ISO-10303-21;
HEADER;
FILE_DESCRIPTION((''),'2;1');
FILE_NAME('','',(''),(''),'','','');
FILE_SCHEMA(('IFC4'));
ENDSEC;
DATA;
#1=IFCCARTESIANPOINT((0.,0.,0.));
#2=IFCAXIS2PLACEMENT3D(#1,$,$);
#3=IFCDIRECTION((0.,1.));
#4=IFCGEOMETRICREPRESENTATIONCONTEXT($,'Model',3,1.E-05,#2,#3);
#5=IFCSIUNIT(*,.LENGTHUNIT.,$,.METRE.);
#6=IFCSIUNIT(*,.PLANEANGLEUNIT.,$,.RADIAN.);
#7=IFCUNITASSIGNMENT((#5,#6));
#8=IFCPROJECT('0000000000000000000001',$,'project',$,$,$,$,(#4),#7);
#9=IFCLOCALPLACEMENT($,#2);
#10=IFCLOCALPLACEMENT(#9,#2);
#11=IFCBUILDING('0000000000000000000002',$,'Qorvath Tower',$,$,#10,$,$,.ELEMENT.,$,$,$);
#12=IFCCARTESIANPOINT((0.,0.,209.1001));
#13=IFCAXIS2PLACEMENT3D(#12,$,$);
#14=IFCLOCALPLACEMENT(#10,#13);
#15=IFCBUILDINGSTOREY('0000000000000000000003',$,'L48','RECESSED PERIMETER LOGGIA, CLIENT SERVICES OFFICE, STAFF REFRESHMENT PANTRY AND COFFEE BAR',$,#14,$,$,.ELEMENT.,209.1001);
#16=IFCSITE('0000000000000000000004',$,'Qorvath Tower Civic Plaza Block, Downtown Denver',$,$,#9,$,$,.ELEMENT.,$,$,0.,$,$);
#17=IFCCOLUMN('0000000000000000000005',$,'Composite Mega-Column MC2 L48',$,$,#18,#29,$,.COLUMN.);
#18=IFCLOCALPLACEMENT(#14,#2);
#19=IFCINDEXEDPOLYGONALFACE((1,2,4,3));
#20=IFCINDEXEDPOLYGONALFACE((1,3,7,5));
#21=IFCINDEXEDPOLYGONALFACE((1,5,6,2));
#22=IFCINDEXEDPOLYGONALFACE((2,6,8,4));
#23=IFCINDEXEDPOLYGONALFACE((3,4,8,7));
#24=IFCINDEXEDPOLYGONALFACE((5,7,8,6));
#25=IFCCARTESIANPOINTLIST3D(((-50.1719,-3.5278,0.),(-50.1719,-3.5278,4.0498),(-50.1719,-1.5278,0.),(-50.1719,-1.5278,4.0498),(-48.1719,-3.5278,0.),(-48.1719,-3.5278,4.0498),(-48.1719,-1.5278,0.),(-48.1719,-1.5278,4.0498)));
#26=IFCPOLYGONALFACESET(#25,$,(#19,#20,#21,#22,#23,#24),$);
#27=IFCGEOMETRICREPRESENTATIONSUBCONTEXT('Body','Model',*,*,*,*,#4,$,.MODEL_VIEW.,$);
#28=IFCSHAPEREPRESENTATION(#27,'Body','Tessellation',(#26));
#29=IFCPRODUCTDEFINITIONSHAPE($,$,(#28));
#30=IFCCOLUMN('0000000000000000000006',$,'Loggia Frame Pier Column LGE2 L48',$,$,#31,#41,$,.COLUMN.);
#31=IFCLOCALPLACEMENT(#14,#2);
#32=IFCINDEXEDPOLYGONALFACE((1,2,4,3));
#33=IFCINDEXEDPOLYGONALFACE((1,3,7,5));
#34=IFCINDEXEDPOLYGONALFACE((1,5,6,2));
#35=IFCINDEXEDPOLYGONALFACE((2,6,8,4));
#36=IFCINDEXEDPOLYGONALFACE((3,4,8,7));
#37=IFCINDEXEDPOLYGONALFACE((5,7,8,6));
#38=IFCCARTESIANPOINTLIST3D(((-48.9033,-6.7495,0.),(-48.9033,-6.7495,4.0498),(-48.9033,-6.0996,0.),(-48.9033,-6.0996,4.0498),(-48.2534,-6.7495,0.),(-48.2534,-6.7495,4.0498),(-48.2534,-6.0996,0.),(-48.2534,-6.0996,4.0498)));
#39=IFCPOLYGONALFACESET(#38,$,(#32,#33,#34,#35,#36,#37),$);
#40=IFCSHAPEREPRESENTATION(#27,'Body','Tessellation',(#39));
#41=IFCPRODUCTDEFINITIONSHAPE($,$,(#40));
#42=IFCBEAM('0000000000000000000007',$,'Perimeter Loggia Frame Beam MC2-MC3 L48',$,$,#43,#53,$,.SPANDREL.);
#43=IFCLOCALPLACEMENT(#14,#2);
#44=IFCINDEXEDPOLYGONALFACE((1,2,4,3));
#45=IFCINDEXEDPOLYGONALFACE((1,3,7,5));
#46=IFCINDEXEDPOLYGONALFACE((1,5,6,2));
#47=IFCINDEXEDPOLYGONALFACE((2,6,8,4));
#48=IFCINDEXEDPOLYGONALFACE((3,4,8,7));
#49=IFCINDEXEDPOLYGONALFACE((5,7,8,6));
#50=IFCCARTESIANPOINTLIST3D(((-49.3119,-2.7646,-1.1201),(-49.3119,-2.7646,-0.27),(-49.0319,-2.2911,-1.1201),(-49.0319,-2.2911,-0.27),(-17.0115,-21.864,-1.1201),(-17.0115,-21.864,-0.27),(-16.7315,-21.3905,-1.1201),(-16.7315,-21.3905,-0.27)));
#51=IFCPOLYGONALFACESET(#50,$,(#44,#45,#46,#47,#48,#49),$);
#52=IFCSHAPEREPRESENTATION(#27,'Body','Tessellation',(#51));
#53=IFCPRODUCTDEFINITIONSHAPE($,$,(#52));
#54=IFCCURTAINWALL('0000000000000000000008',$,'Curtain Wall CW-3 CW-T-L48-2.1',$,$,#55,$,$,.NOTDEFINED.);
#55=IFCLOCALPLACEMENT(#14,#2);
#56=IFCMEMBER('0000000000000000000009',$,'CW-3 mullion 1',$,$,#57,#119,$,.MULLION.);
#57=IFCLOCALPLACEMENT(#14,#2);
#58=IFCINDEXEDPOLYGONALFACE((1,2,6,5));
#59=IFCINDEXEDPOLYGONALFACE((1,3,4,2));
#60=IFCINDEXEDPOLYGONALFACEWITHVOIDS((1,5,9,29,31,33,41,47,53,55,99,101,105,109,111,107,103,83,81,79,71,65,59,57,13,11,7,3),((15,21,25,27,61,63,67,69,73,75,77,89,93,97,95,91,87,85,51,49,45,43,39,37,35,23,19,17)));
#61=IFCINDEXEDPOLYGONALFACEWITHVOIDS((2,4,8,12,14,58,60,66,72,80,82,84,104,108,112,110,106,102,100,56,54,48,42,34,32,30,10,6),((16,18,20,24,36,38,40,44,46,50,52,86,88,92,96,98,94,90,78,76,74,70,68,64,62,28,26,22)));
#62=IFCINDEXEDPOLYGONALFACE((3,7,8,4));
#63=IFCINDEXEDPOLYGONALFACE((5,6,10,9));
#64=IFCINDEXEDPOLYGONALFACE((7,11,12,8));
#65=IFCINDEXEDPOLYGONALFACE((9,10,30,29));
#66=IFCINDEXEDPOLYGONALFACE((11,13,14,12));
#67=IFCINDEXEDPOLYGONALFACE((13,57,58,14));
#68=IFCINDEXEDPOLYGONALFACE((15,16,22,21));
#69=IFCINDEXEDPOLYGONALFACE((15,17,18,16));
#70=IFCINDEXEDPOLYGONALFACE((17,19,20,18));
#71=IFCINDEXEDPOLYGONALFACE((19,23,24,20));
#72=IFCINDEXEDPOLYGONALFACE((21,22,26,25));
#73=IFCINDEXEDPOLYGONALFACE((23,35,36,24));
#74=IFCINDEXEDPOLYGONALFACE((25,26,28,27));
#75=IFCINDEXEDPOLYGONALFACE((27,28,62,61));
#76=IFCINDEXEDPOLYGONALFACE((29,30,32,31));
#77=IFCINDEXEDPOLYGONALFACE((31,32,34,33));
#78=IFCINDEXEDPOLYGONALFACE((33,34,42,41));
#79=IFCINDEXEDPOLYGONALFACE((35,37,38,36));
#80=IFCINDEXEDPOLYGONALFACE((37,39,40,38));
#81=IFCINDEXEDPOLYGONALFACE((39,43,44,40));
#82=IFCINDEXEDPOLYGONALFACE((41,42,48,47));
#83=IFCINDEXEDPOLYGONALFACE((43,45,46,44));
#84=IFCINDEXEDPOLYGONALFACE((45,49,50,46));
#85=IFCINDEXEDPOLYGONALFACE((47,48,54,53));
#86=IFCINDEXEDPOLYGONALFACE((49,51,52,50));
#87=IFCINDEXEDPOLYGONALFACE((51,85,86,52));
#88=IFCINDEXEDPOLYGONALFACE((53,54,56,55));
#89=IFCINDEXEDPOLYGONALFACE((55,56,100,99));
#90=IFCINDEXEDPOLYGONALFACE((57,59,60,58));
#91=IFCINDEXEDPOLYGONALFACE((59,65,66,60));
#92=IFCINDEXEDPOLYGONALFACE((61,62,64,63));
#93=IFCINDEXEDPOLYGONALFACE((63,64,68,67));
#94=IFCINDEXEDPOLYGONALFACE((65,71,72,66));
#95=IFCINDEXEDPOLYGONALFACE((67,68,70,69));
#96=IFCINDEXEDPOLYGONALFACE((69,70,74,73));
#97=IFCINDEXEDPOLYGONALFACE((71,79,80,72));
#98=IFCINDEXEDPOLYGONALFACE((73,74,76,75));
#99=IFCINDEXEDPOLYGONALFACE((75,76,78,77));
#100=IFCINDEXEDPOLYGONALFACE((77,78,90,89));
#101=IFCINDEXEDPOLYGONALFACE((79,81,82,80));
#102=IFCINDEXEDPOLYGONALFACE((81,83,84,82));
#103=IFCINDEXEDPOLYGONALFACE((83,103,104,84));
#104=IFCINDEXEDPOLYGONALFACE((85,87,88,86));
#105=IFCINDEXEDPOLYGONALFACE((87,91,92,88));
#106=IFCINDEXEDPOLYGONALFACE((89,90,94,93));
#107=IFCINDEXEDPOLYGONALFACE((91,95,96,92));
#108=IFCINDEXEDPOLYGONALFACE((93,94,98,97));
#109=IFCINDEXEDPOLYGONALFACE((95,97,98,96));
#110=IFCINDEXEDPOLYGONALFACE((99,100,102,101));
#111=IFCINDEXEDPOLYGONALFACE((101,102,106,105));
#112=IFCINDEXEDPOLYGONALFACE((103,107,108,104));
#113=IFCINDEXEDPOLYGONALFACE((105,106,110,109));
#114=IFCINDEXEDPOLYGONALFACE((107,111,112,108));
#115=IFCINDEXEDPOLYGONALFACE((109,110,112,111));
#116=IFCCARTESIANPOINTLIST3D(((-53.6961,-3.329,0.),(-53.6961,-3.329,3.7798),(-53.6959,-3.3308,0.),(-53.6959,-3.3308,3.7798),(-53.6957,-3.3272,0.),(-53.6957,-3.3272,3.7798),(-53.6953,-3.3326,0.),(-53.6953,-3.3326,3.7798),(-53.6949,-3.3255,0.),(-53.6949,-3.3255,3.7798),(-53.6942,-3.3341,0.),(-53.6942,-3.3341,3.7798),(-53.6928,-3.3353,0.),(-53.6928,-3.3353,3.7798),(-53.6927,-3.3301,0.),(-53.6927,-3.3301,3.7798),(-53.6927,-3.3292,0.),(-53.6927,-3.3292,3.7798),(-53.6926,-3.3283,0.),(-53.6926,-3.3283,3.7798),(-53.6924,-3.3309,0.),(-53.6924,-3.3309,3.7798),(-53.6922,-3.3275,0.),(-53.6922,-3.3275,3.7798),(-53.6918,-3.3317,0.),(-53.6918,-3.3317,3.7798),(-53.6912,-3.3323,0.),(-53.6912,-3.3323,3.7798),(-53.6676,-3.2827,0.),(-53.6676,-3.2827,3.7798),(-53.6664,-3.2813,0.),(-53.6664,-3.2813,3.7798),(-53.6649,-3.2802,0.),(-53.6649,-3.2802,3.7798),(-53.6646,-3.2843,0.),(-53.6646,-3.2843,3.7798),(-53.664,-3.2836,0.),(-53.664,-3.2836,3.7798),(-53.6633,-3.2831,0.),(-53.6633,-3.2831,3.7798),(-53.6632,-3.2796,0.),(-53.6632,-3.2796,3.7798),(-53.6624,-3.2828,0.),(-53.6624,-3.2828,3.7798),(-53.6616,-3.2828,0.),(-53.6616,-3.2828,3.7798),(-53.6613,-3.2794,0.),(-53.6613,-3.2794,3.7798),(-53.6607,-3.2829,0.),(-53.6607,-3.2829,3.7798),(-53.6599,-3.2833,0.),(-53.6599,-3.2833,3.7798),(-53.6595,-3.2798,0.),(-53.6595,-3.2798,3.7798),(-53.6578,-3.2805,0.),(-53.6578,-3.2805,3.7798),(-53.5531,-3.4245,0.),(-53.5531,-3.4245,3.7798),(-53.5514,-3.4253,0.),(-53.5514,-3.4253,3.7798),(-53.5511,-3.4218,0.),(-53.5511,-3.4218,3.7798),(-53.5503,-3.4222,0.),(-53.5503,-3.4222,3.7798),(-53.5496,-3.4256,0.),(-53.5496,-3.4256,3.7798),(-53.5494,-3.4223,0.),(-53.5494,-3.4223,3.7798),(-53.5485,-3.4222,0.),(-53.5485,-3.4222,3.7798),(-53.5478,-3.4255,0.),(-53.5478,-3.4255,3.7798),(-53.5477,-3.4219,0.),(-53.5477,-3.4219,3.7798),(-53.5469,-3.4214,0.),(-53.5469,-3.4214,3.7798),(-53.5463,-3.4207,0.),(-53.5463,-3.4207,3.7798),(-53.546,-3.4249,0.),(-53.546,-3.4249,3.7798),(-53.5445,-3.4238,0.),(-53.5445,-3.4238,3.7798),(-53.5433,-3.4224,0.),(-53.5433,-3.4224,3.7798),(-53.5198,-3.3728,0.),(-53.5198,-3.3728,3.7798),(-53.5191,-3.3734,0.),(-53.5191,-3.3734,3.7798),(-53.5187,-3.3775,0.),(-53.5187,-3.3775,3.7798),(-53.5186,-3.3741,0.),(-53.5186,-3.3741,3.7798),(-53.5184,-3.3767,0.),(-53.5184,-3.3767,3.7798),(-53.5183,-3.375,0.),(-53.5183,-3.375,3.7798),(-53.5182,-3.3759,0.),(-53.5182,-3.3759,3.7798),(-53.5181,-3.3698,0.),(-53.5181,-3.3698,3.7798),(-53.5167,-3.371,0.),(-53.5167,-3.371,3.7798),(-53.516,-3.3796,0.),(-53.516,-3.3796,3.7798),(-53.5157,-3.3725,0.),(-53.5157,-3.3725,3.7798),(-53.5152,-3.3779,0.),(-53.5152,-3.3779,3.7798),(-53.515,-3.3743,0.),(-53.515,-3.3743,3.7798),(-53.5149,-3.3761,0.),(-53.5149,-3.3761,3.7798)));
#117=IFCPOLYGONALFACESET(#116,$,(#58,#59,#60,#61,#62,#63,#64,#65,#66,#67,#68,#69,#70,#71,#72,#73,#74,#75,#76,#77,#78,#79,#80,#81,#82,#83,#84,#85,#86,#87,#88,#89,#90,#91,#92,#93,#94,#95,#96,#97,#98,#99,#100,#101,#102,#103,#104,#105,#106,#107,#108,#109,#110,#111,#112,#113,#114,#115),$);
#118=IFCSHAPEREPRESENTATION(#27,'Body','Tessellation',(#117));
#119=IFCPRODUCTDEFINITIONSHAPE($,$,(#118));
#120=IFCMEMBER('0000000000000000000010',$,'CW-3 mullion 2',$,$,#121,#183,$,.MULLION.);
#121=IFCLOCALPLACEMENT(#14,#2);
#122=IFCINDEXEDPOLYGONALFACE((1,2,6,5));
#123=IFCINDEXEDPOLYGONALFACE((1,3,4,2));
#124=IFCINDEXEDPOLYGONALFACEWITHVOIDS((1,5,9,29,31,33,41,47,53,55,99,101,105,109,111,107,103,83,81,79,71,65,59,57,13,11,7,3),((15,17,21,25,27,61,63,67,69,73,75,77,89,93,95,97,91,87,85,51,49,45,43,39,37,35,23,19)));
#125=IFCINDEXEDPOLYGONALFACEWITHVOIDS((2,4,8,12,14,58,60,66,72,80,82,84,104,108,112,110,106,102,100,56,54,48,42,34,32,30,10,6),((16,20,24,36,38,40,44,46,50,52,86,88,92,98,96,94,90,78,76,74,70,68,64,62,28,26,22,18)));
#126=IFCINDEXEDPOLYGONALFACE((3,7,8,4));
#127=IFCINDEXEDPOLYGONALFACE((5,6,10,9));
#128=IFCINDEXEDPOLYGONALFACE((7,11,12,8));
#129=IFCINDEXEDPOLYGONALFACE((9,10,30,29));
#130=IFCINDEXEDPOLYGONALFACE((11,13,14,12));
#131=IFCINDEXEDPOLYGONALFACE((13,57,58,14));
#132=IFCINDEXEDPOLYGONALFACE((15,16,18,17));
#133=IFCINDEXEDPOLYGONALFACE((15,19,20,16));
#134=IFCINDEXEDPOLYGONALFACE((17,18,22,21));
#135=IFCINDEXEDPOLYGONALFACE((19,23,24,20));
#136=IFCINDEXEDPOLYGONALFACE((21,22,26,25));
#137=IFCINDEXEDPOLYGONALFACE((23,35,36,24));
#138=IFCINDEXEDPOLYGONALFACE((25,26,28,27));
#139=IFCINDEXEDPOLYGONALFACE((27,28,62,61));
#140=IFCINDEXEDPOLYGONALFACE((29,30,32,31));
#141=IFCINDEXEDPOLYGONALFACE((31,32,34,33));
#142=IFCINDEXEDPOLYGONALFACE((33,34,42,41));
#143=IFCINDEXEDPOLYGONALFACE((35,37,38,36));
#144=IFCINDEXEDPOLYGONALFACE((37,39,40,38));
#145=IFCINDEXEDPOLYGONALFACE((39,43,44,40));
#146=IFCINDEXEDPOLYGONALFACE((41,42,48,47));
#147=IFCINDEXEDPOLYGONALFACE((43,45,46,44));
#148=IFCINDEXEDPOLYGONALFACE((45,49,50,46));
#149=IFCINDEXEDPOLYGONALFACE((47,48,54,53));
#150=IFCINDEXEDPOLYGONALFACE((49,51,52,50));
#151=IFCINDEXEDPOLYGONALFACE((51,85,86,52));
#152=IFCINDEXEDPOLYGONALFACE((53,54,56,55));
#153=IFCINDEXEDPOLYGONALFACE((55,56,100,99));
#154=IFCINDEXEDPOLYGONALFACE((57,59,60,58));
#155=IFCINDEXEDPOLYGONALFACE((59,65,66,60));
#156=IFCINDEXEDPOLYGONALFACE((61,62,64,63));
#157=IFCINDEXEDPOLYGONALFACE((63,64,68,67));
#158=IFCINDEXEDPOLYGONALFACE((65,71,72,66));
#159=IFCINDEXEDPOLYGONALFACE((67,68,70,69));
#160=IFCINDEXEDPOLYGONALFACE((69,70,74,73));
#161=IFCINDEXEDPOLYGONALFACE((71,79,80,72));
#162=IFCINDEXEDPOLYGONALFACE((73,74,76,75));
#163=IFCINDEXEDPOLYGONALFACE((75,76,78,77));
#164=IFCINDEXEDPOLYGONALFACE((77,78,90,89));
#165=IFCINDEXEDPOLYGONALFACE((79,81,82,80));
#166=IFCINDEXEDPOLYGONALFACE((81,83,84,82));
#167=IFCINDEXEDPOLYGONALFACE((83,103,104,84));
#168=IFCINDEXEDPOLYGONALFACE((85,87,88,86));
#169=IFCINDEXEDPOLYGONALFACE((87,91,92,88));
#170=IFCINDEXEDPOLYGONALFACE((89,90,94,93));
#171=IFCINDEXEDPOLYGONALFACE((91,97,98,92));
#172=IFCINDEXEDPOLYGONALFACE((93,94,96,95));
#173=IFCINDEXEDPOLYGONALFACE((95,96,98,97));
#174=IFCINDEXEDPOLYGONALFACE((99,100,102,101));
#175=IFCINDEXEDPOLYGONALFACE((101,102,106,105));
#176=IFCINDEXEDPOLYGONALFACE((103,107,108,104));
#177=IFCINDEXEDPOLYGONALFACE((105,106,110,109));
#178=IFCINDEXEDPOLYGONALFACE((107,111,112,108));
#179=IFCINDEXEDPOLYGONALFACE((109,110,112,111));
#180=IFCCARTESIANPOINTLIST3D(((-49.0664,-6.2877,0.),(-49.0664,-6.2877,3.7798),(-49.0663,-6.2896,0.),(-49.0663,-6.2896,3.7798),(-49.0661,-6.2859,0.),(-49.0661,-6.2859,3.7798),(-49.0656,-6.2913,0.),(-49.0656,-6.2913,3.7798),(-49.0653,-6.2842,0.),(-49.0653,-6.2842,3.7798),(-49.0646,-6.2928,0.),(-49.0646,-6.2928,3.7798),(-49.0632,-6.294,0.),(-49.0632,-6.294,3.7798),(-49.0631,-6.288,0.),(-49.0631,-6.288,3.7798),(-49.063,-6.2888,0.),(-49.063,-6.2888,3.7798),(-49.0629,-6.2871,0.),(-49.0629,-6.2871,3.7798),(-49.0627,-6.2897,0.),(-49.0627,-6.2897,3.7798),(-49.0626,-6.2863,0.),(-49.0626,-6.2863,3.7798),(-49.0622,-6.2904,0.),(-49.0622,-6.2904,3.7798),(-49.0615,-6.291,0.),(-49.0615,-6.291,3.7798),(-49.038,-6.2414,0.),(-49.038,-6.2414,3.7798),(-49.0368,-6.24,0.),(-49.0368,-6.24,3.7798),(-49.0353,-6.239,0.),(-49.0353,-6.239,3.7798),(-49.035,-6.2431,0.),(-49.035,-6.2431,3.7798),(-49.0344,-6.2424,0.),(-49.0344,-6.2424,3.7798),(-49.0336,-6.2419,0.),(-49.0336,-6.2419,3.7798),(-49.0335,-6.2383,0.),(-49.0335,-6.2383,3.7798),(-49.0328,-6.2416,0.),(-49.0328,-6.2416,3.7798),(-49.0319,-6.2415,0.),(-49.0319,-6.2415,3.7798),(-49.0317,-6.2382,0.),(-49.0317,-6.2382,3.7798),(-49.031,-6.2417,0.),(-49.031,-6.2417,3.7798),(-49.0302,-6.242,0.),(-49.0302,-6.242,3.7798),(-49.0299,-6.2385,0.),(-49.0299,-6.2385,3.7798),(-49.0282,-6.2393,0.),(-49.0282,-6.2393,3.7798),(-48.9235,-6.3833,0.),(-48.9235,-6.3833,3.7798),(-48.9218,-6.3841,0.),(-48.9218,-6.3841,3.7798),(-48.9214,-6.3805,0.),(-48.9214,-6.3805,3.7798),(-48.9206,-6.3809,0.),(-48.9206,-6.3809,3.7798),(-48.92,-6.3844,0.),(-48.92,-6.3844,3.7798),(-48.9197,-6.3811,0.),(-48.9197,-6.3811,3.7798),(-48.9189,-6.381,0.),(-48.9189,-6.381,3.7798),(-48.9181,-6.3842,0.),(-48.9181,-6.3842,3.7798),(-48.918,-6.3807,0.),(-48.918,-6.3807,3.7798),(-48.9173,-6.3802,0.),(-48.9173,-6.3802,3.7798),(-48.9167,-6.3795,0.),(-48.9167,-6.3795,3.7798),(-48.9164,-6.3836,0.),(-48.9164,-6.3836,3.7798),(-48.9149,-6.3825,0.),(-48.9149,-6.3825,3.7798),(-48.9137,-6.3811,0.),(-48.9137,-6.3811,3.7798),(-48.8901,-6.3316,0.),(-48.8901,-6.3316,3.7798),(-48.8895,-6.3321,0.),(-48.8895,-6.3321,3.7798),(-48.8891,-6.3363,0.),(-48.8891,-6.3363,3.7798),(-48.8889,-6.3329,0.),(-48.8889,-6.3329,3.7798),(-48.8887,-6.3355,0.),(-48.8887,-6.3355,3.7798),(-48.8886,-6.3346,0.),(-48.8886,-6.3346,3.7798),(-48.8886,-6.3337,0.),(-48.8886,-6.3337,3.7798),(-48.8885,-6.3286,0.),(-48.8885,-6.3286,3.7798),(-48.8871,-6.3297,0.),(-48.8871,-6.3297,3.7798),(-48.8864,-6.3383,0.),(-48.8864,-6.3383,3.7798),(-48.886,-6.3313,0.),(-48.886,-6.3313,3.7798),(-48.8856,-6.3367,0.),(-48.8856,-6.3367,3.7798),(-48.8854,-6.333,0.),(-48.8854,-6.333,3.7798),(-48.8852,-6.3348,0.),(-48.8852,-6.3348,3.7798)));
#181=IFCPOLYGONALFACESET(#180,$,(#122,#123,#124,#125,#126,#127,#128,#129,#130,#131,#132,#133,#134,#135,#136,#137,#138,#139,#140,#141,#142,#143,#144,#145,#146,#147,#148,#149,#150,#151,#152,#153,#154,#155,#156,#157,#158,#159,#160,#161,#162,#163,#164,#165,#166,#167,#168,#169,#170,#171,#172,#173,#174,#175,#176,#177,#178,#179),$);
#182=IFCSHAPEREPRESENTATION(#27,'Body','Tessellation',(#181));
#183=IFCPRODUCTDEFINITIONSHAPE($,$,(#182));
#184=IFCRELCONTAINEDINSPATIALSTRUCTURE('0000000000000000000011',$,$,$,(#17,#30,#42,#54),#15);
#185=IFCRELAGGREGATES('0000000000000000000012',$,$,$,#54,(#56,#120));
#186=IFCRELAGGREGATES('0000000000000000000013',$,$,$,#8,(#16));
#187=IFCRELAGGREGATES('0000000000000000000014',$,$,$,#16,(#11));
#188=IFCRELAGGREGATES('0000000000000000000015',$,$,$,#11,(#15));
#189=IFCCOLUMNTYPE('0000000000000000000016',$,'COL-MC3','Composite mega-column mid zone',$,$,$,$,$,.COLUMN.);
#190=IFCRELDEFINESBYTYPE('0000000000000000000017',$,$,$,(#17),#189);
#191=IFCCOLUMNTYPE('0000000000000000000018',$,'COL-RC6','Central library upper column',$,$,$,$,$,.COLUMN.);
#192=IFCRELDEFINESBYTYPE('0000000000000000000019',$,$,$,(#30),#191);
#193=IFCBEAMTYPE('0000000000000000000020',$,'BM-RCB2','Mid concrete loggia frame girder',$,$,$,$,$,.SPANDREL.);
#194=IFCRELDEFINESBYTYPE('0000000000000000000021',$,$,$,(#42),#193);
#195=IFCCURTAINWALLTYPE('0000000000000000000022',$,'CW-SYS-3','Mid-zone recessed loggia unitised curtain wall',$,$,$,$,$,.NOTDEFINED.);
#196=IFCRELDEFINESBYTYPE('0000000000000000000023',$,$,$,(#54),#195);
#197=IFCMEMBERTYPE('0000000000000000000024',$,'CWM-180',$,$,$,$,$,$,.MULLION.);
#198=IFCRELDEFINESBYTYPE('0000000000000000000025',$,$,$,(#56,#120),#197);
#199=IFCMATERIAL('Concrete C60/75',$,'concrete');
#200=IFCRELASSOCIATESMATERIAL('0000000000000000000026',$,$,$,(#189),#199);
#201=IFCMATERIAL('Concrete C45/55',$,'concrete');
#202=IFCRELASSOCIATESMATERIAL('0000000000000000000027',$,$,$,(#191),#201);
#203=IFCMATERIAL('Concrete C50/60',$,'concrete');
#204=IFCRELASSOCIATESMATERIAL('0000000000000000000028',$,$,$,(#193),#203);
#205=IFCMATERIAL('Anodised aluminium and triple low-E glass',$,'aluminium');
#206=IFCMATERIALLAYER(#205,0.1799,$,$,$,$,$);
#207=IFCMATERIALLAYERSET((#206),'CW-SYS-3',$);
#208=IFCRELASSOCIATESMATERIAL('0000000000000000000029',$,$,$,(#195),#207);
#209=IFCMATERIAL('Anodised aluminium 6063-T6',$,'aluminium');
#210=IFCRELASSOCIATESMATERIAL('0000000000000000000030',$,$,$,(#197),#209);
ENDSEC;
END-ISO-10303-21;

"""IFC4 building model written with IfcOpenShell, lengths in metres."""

from ifc_helpers import new_model, si_unit, direction, frame, origin, origin_2d, place, context, subcontext, project, spatial, rectangle, hollow_rectangle, extrude, material, layer, layer_set, material_profile, profile_set, type_object, element, aggregate, save


model = new_model("IFC4")

# Units and contexts
model_context = context("Model", 3, precision=1e-05, world=origin(), true_north=direction((0.0, 1.0)))
body_context = subcontext(model_context, "Body", "Model", "MODEL_VIEW")
ifc_project = project(units=[si_unit("LENGTHUNIT", "METRE"), si_unit("PLANEANGLEUNIT", "RADIAN")], contexts=[model_context])

# Site, building, storey
site_placement = place(None, origin())
site = spatial("IfcSite", under=ifc_project, at=site_placement, Name="Qorvath Tower Civic Plaza Block, Downtown Denver", CompositionType="ELEMENT", RefElevation=0.0)
building_placement = place(site_placement, origin())
building = spatial("IfcBuilding", under=site, at=building_placement, Name="Qorvath Tower", CompositionType="ELEMENT")
storey_placement = place(building_placement, frame((0.0, 0.0, 209.1001)))
storey = spatial("IfcBuildingStorey", under=building, at=storey_placement, Name="L48", Description="RECESSED PERIMETER LOGGIA, CLIENT SERVICES OFFICE, STAFF REFRESHMENT PANTRY AND COFFEE BAR", CompositionType="ELEMENT", Elevation=209.1001)

# Columns
ifc_material_1 = material(Name="Concrete C60/75", Category="concrete")
ifc_material_profile_1 = material_profile(ifc_material_1, rectangle(XDim=2.0, YDim=2.0, at=origin_2d()), Name="MC 2000x2000")
ifc_profile_set_1 = profile_set([ifc_material_profile_1], Name="Concrete C60/75")
column_type_1 = type_object("IfcColumnType", Name="COL-MC3", Description="Composite mega-column mid zone", PredefinedType="COLUMN", material=ifc_profile_set_1)
column_1_placement = place(storey_placement, frame((-49.1719, -2.5278, 0.0), z_axis=(0.0, 0.0, 1.0), x_axis=(1.0, 0.0, 0.0)))
element("IfcColumn", 1, at=column_1_placement, inside=storey, type_object=column_type_1, Name="Composite Mega-Column MC2 L48", PredefinedType="COLUMN", context=body_context, shape_type="SweptSolid", body=[
    extrude(rectangle(XDim=2.0, YDim=2.0, at=origin_2d()), origin(), (0.0, 0.0, 1.0), 4.0498),
])
ifc_material_2 = material(Name="Concrete C45/55", Category="concrete")
ifc_material_profile_2 = material_profile(ifc_material_2, rectangle(XDim=0.6499, YDim=0.6499, at=origin_2d()), Name="RC 650x650")
ifc_profile_set_2 = profile_set([ifc_material_profile_2], Name="Concrete C45/55")
column_type_2 = type_object("IfcColumnType", Name="COL-RC6", Description="Central library upper column", PredefinedType="COLUMN", material=ifc_profile_set_2)
column_2_placement = place(storey_placement, frame((-48.5784, -6.4246, 0.0), z_axis=(0.0, 0.0, 1.0), x_axis=(1.0, 0.0, 0.0)))
element("IfcColumn", 2, at=column_2_placement, inside=storey, type_object=column_type_2, Name="Loggia Frame Pier Column LGE2 L48", PredefinedType="COLUMN", context=body_context, shape_type="SweptSolid", body=[
    extrude(rectangle(XDim=0.6499, YDim=0.6499, at=origin_2d()), origin(), (0.0, 0.0, 1.0), 4.0498),
])

# Beam
ifc_material_3 = material(Name="Concrete C50/60", Category="concrete")
ifc_material_profile_3 = material_profile(ifc_material_3, rectangle(XDim=0.55, YDim=0.8501, at=origin_2d()), Name="RCB 850x550")
ifc_profile_set_3 = profile_set([ifc_material_profile_3], Name="Concrete C50/60")
beam_type = type_object("IfcBeamType", Name="BM-RCB2", Description="Mid concrete loggia frame girder", PredefinedType="SPANDREL", material=ifc_profile_set_3)
beam_placement = place(storey_placement, frame((-49.1719, -2.5278, -0.6951), z_axis=(0.860777, -0.508983, 0.0), x_axis=(0.508983, 0.860777, 0.0)))
element("IfcBeam", 3, at=beam_placement, inside=storey, type_object=beam_type, Name="Perimeter Loggia Frame Beam MC2-MC3 L48", PredefinedType="SPANDREL", context=body_context, shape_type="SweptSolid", body=[
    extrude(rectangle(XDim=0.55, YDim=0.8501, at=origin_2d()), origin(), (0.0, 0.0, 1.0), 37.5247),
])

# Curtain wall, members
ifc_material_4 = material(Name="Anodised aluminium and triple low-E glass", Category="aluminium")
ifc_layer_1 = layer(ifc_material_4, 0.1799)
ifc_layer_set_1 = layer_set([ifc_layer_1], Name="CW-SYS-3")
curtain_wall_type = type_object("IfcCurtainWallType", Name="CW-SYS-3", Description="Mid-zone recessed loggia unitised curtain wall", PredefinedType="NOTDEFINED", material=ifc_layer_set_1)
curtain_wall_1_placement = place(storey_placement, origin())
curtain_wall_1 = element("IfcCurtainWall", 4, at=curtain_wall_1_placement, inside=storey, type_object=curtain_wall_type, Name="Curtain Wall CW-3 CW-T-L48-2.1", PredefinedType="NOTDEFINED")
ifc_material_5 = material(Name="Anodised aluminium 6063-T6", Category="aluminium")
ifc_material_profile_4 = material_profile(ifc_material_5, hollow_rectangle(XDim=0.0649, YDim=0.1799, WallThickness=0.0034, InnerFilletRadius=0.0034, OuterFilletRadius=0.0071, at=origin_2d()), Name="CWM 180x65")
ifc_profile_set_4 = profile_set([ifc_material_profile_4], Name="Anodised aluminium 6063-T6")
member_type_1 = type_object("IfcMemberType", Name="CWM-180", PredefinedType="MULLION", material=ifc_profile_set_4)
member_1_placement = place(storey_placement, frame((-53.6055, -3.3525, 0.0), z_axis=(0.0, 0.0, 1.0), x_axis=(0.538537, 0.842602, 0.0)))
member_1 = element("IfcMember", 5, at=member_1_placement, type_object=member_type_1, Name="CW-3 mullion 1", PredefinedType="MULLION", context=body_context, shape_type="SweptSolid", body=[
    extrude(hollow_rectangle(XDim=0.0649, YDim=0.1799, WallThickness=0.0034, InnerFilletRadius=0.0034, OuterFilletRadius=0.0071, at=origin_2d()), origin(), (0.0, 0.0, 1.0), 3.7798),
])
member_2_placement = place(storey_placement, frame((-48.9758, -6.3113, 0.0), z_axis=(0.0, 0.0, 1.0), x_axis=(0.538537, 0.842602, 0.0)))
member_2 = element("IfcMember", 6, at=member_2_placement, type_object=member_type_1, Name="CW-3 mullion 2", PredefinedType="MULLION", context=body_context, shape_type="SweptSolid", body=[
    extrude(hollow_rectangle(XDim=0.0649, YDim=0.1799, WallThickness=0.0034, InnerFilletRadius=0.0034, OuterFilletRadius=0.0071, at=origin_2d()), origin(), (0.0, 0.0, 1.0), 3.7798),
])

aggregate(curtain_wall_1, [member_1, member_2])

save(model, "model.ifc")
